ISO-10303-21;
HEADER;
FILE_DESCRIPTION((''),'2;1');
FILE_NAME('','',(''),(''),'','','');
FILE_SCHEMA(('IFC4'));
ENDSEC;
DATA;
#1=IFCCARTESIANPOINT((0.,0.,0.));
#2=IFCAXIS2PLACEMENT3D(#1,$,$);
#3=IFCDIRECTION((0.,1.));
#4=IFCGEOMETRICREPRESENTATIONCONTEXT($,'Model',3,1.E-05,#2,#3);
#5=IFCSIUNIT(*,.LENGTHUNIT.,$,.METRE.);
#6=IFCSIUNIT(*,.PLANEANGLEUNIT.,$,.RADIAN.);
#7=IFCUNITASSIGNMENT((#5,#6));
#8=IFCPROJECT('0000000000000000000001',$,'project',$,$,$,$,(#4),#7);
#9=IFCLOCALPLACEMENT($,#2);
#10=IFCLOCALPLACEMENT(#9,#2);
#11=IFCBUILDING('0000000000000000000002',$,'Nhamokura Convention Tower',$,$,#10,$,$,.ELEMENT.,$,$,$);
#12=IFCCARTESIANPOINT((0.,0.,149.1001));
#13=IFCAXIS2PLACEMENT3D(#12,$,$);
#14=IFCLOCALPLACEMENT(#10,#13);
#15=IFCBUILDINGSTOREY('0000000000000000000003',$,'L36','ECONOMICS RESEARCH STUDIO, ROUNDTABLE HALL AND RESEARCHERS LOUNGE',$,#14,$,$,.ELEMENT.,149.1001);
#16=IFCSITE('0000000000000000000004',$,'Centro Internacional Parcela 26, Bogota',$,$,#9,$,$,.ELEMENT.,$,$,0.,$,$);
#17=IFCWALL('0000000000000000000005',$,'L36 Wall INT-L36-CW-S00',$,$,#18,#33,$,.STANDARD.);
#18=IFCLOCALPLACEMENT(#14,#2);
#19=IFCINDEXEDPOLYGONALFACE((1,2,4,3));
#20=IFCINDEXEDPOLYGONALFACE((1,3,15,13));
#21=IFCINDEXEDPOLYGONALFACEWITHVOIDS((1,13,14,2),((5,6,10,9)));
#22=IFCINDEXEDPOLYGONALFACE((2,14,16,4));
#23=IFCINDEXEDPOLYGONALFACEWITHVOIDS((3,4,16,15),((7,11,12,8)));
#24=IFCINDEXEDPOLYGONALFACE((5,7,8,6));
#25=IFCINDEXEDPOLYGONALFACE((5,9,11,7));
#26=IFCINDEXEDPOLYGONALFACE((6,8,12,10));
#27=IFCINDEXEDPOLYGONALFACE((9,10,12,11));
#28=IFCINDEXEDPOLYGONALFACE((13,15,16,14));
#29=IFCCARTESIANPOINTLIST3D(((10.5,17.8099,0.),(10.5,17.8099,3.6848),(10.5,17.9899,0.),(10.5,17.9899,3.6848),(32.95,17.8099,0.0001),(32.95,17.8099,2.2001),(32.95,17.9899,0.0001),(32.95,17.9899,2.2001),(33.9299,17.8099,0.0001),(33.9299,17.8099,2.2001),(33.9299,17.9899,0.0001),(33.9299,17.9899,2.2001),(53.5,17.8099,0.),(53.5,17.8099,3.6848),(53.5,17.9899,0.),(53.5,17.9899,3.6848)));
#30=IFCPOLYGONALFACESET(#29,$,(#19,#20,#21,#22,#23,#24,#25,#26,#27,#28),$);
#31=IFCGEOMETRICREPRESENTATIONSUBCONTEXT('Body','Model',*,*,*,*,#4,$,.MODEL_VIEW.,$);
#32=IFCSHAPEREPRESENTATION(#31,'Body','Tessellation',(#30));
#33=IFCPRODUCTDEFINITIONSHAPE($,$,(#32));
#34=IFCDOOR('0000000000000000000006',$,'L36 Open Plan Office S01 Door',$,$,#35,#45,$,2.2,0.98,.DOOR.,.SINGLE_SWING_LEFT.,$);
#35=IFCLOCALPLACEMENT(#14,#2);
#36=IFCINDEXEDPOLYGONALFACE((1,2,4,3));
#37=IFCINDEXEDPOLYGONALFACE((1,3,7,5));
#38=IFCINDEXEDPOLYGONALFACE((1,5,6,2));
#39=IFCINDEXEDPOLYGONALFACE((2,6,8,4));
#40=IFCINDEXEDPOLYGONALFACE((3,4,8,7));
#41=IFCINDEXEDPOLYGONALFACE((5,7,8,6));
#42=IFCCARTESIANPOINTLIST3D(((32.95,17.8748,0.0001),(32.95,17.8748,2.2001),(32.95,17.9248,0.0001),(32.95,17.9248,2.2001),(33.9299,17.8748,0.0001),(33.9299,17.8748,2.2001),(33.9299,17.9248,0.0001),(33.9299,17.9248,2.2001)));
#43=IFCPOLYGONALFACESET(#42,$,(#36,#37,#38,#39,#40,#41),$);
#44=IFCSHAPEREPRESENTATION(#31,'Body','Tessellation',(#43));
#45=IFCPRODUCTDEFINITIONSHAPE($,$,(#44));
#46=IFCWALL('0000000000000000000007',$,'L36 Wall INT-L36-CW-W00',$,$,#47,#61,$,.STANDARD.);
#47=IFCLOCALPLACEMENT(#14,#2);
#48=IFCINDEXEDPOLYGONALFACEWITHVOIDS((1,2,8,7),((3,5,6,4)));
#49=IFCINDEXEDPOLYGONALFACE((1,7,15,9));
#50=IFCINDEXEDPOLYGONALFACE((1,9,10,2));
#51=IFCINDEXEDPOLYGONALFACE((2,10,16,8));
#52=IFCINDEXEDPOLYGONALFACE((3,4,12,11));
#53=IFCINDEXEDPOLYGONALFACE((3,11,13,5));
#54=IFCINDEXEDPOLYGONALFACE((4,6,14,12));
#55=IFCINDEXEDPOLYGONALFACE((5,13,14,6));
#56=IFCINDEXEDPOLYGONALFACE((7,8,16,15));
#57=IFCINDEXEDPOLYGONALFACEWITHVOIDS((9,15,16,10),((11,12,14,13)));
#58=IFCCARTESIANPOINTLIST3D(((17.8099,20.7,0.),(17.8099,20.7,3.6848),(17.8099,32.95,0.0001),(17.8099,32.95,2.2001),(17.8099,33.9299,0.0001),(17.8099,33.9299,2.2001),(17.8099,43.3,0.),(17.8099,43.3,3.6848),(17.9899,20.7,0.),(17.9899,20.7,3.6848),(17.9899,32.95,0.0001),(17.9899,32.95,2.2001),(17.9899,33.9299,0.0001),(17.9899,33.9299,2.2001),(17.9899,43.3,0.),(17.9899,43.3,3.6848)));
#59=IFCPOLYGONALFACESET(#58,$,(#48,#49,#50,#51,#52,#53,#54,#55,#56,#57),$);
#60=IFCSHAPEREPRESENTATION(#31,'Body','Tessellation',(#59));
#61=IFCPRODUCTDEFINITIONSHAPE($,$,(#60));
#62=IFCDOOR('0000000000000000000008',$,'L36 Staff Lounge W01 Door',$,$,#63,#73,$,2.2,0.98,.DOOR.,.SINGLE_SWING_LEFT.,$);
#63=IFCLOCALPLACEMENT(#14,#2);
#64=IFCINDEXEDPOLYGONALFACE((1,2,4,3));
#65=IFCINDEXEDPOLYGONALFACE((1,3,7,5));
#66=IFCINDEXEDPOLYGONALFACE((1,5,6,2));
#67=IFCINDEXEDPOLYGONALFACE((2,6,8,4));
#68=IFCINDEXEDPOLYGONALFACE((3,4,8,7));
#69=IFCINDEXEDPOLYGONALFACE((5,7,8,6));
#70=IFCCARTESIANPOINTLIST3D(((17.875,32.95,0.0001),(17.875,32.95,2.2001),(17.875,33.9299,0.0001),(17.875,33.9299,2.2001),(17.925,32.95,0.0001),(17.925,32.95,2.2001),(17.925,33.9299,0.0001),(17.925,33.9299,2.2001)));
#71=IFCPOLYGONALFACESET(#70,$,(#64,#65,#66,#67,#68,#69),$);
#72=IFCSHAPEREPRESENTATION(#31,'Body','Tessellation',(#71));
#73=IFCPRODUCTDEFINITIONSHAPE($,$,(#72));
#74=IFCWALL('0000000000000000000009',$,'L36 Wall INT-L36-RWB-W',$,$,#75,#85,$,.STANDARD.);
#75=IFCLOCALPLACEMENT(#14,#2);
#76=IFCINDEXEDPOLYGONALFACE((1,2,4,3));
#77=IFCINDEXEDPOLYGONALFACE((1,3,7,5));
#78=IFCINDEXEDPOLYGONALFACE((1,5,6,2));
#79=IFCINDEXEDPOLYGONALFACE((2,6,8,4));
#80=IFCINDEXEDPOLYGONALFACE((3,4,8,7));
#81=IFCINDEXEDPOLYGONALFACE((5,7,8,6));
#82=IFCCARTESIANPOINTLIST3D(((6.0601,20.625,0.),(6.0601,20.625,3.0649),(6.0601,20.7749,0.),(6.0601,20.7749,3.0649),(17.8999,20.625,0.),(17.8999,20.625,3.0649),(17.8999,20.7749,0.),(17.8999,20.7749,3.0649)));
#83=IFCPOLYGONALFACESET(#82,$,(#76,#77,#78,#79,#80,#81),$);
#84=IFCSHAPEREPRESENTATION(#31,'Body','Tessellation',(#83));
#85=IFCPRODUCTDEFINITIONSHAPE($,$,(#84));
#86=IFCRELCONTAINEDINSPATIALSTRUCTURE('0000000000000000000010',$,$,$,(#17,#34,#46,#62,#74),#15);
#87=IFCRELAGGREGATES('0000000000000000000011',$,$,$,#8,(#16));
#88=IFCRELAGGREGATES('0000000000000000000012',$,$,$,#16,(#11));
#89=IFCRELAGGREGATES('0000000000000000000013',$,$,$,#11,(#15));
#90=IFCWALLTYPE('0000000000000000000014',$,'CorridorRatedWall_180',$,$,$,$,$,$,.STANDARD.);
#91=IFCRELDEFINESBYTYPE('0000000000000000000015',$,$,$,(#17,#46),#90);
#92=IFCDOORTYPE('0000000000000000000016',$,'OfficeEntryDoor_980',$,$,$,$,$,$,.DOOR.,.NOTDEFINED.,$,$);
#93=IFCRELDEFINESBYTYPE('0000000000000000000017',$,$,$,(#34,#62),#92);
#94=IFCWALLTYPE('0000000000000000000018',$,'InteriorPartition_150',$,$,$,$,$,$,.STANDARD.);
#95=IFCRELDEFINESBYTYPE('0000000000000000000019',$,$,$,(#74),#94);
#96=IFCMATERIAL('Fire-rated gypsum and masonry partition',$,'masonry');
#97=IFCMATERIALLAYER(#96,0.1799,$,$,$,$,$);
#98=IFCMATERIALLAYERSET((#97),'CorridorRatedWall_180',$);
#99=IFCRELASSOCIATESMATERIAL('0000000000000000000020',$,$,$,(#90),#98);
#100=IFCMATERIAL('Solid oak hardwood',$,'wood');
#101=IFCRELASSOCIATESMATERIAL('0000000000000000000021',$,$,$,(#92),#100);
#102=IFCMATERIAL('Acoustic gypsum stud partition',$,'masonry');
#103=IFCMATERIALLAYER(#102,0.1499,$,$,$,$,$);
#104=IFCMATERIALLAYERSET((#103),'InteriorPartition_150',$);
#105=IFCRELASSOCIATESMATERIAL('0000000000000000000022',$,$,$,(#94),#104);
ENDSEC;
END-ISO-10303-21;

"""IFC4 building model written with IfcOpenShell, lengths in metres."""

from ifc_helpers import new_model, si_unit, direction, frame, frame_2d, origin, place, context, subcontext, project, spatial, rectangle, extrude, material, layer, layer_set, type_object, element, fill, save


model = new_model("IFC4")

# Units and contexts
model_context = context("Model", 3, precision=1e-05, world=origin(), true_north=direction((0.0, 1.0)))
body_context = subcontext(model_context, "Body", "Model", "MODEL_VIEW")
ifc_project = project(units=[si_unit("LENGTHUNIT", "METRE"), si_unit("PLANEANGLEUNIT", "RADIAN")], contexts=[model_context])

# Site, building, storey
site_placement = place(None, origin())
site = spatial("IfcSite", under=ifc_project, at=site_placement, Name="Centro Internacional Parcela 26, Bogota", CompositionType="ELEMENT", RefElevation=0.0)
building_placement = place(site_placement, origin())
building = spatial("IfcBuilding", under=site, at=building_placement, Name="Nhamokura Convention Tower", CompositionType="ELEMENT")
storey_placement = place(building_placement, frame((0.0, 0.0, 149.1001)))
storey = spatial("IfcBuildingStorey", under=building, at=storey_placement, Name="L36", Description="ECONOMICS RESEARCH STUDIO, ROUNDTABLE HALL AND RESEARCHERS LOUNGE", CompositionType="ELEMENT", Elevation=149.1001)

# Walls, openings, doors
ifc_material_1 = material(Name="Fire-rated gypsum and masonry partition", Category="masonry")
ifc_layer_1 = layer(ifc_material_1, 0.1799)
ifc_layer_set_1 = layer_set([ifc_layer_1], Name="CorridorRatedWall_180")
wall_type_1 = type_object("IfcWallType", Name="CorridorRatedWall_180", PredefinedType="STANDARD", material=ifc_layer_set_1)
wall_1_placement = place(storey_placement, frame((10.5, 17.8999, 0.0), z_axis=(0.0, 0.0, 1.0), x_axis=(1.0, 0.0, 0.0)))
wall_1 = element("IfcWall", 1, at=wall_1_placement, inside=storey, type_object=wall_type_1, Name="L36 Wall INT-L36-CW-S00", PredefinedType="STANDARD", context=body_context, shape_type="SweptSolid", body=[
    extrude(rectangle(XDim=43.0, YDim=0.1799, at=frame_2d((21.5, 0.0))), origin(), (0.0, 0.0, 1.0), 3.6848),
])
opening_1_placement = place(wall_1_placement, frame((22.45, 0.0, 0.0)))
opening_1 = element("IfcOpeningElement", 2, at=opening_1_placement, cuts=wall_1, PredefinedType="OPENING", context=body_context, shape_type="SweptSolid", body=[
    extrude(rectangle(XDim=0.98, YDim=2.2, at=frame_2d((0.49, 1.1001))), frame((0.0, 0.0999, 0.0), z_axis=(0.0, -1.0, 0.0), x_axis=(1.0, 0.0, 0.0)), (0.0, 0.0, 1.0), 0.2),
])
ifc_material_2 = material(Name="Solid oak hardwood", Category="wood")
door_type_1 = type_object("IfcDoorType", Name="OfficeEntryDoor_980", OperationType="NOTDEFINED", PredefinedType="DOOR", material=ifc_material_2)
door_1_placement = place(opening_1_placement, origin())
door_1 = element("IfcDoor", 3, at=door_1_placement, inside=storey, type_object=door_type_1, Name="L36 Open Plan Office S01 Door", OperationType="SINGLE_SWING_LEFT", OverallHeight=2.2, OverallWidth=0.98, PredefinedType="DOOR", context=body_context, shape_type="SweptSolid", body=[
    extrude(rectangle(XDim=0.98, YDim=2.2, at=frame_2d((0.49, 1.1001))), frame((0.0, 0.0249, 0.0), z_axis=(0.0, -1.0, 0.0), x_axis=(1.0, 0.0, 0.0)), (0.0, 0.0, 1.0), 0.05),
])
fill(opening_1, door_1)
wall_2_placement = place(storey_placement, frame((17.8999, 20.7, 0.0), z_axis=(0.0, 0.0, 1.0), x_axis=(0.0, 1.0, 0.0)))
wall_2 = element("IfcWall", 4, at=wall_2_placement, inside=storey, type_object=wall_type_1, Name="L36 Wall INT-L36-CW-W00", PredefinedType="STANDARD", context=body_context, shape_type="SweptSolid", body=[
    extrude(rectangle(XDim=22.6001, YDim=0.1799, at=frame_2d((11.3, 0.0))), origin(), (0.0, 0.0, 1.0), 3.6848),
])
opening_2_placement = place(wall_2_placement, frame((12.25, 0.0, 0.0)))
opening_2 = element("IfcOpeningElement", 5, at=opening_2_placement, cuts=wall_2, PredefinedType="OPENING", context=body_context, shape_type="SweptSolid", body=[
    extrude(rectangle(XDim=0.98, YDim=2.2, at=frame_2d((0.49, 1.1001))), frame((0.0, 0.0999, 0.0), z_axis=(0.0, -1.0, 0.0), x_axis=(1.0, 0.0, 0.0)), (0.0, 0.0, 1.0), 0.2),
])
door_2_placement = place(opening_2_placement, origin())
door_2 = element("IfcDoor", 6, at=door_2_placement, inside=storey, type_object=door_type_1, Name="L36 Staff Lounge W01 Door", OperationType="SINGLE_SWING_LEFT", OverallHeight=2.2, OverallWidth=0.98, PredefinedType="DOOR", context=body_context, shape_type="SweptSolid", body=[
    extrude(rectangle(XDim=0.98, YDim=2.2, at=frame_2d((0.49, 1.1001))), frame((0.0, 0.0249, 0.0), z_axis=(0.0, -1.0, 0.0), x_axis=(1.0, 0.0, 0.0)), (0.0, 0.0, 1.0), 0.05),
])
fill(opening_2, door_2)

# Wall
ifc_material_3 = material(Name="Acoustic gypsum stud partition", Category="masonry")
ifc_layer_2 = layer(ifc_material_3, 0.1499)
ifc_layer_set_2 = layer_set([ifc_layer_2], Name="InteriorPartition_150")
wall_type_2 = type_object("IfcWallType", Name="InteriorPartition_150", PredefinedType="STANDARD", material=ifc_layer_set_2)
wall_3_placement = place(storey_placement, frame((6.0601, 20.7, 0.0), z_axis=(0.0, 0.0, 1.0), x_axis=(1.0, 0.0, 0.0)))
element("IfcWall", 7, at=wall_3_placement, inside=storey, type_object=wall_type_2, Name="L36 Wall INT-L36-RWB-W", PredefinedType="STANDARD", context=body_context, shape_type="SweptSolid", body=[
    extrude(rectangle(XDim=11.8398, YDim=0.1499, at=frame_2d((5.9199, 0.0))), origin(), (0.0, 0.0, 1.0), 3.0649),
])

save(model, "model.ifc")
